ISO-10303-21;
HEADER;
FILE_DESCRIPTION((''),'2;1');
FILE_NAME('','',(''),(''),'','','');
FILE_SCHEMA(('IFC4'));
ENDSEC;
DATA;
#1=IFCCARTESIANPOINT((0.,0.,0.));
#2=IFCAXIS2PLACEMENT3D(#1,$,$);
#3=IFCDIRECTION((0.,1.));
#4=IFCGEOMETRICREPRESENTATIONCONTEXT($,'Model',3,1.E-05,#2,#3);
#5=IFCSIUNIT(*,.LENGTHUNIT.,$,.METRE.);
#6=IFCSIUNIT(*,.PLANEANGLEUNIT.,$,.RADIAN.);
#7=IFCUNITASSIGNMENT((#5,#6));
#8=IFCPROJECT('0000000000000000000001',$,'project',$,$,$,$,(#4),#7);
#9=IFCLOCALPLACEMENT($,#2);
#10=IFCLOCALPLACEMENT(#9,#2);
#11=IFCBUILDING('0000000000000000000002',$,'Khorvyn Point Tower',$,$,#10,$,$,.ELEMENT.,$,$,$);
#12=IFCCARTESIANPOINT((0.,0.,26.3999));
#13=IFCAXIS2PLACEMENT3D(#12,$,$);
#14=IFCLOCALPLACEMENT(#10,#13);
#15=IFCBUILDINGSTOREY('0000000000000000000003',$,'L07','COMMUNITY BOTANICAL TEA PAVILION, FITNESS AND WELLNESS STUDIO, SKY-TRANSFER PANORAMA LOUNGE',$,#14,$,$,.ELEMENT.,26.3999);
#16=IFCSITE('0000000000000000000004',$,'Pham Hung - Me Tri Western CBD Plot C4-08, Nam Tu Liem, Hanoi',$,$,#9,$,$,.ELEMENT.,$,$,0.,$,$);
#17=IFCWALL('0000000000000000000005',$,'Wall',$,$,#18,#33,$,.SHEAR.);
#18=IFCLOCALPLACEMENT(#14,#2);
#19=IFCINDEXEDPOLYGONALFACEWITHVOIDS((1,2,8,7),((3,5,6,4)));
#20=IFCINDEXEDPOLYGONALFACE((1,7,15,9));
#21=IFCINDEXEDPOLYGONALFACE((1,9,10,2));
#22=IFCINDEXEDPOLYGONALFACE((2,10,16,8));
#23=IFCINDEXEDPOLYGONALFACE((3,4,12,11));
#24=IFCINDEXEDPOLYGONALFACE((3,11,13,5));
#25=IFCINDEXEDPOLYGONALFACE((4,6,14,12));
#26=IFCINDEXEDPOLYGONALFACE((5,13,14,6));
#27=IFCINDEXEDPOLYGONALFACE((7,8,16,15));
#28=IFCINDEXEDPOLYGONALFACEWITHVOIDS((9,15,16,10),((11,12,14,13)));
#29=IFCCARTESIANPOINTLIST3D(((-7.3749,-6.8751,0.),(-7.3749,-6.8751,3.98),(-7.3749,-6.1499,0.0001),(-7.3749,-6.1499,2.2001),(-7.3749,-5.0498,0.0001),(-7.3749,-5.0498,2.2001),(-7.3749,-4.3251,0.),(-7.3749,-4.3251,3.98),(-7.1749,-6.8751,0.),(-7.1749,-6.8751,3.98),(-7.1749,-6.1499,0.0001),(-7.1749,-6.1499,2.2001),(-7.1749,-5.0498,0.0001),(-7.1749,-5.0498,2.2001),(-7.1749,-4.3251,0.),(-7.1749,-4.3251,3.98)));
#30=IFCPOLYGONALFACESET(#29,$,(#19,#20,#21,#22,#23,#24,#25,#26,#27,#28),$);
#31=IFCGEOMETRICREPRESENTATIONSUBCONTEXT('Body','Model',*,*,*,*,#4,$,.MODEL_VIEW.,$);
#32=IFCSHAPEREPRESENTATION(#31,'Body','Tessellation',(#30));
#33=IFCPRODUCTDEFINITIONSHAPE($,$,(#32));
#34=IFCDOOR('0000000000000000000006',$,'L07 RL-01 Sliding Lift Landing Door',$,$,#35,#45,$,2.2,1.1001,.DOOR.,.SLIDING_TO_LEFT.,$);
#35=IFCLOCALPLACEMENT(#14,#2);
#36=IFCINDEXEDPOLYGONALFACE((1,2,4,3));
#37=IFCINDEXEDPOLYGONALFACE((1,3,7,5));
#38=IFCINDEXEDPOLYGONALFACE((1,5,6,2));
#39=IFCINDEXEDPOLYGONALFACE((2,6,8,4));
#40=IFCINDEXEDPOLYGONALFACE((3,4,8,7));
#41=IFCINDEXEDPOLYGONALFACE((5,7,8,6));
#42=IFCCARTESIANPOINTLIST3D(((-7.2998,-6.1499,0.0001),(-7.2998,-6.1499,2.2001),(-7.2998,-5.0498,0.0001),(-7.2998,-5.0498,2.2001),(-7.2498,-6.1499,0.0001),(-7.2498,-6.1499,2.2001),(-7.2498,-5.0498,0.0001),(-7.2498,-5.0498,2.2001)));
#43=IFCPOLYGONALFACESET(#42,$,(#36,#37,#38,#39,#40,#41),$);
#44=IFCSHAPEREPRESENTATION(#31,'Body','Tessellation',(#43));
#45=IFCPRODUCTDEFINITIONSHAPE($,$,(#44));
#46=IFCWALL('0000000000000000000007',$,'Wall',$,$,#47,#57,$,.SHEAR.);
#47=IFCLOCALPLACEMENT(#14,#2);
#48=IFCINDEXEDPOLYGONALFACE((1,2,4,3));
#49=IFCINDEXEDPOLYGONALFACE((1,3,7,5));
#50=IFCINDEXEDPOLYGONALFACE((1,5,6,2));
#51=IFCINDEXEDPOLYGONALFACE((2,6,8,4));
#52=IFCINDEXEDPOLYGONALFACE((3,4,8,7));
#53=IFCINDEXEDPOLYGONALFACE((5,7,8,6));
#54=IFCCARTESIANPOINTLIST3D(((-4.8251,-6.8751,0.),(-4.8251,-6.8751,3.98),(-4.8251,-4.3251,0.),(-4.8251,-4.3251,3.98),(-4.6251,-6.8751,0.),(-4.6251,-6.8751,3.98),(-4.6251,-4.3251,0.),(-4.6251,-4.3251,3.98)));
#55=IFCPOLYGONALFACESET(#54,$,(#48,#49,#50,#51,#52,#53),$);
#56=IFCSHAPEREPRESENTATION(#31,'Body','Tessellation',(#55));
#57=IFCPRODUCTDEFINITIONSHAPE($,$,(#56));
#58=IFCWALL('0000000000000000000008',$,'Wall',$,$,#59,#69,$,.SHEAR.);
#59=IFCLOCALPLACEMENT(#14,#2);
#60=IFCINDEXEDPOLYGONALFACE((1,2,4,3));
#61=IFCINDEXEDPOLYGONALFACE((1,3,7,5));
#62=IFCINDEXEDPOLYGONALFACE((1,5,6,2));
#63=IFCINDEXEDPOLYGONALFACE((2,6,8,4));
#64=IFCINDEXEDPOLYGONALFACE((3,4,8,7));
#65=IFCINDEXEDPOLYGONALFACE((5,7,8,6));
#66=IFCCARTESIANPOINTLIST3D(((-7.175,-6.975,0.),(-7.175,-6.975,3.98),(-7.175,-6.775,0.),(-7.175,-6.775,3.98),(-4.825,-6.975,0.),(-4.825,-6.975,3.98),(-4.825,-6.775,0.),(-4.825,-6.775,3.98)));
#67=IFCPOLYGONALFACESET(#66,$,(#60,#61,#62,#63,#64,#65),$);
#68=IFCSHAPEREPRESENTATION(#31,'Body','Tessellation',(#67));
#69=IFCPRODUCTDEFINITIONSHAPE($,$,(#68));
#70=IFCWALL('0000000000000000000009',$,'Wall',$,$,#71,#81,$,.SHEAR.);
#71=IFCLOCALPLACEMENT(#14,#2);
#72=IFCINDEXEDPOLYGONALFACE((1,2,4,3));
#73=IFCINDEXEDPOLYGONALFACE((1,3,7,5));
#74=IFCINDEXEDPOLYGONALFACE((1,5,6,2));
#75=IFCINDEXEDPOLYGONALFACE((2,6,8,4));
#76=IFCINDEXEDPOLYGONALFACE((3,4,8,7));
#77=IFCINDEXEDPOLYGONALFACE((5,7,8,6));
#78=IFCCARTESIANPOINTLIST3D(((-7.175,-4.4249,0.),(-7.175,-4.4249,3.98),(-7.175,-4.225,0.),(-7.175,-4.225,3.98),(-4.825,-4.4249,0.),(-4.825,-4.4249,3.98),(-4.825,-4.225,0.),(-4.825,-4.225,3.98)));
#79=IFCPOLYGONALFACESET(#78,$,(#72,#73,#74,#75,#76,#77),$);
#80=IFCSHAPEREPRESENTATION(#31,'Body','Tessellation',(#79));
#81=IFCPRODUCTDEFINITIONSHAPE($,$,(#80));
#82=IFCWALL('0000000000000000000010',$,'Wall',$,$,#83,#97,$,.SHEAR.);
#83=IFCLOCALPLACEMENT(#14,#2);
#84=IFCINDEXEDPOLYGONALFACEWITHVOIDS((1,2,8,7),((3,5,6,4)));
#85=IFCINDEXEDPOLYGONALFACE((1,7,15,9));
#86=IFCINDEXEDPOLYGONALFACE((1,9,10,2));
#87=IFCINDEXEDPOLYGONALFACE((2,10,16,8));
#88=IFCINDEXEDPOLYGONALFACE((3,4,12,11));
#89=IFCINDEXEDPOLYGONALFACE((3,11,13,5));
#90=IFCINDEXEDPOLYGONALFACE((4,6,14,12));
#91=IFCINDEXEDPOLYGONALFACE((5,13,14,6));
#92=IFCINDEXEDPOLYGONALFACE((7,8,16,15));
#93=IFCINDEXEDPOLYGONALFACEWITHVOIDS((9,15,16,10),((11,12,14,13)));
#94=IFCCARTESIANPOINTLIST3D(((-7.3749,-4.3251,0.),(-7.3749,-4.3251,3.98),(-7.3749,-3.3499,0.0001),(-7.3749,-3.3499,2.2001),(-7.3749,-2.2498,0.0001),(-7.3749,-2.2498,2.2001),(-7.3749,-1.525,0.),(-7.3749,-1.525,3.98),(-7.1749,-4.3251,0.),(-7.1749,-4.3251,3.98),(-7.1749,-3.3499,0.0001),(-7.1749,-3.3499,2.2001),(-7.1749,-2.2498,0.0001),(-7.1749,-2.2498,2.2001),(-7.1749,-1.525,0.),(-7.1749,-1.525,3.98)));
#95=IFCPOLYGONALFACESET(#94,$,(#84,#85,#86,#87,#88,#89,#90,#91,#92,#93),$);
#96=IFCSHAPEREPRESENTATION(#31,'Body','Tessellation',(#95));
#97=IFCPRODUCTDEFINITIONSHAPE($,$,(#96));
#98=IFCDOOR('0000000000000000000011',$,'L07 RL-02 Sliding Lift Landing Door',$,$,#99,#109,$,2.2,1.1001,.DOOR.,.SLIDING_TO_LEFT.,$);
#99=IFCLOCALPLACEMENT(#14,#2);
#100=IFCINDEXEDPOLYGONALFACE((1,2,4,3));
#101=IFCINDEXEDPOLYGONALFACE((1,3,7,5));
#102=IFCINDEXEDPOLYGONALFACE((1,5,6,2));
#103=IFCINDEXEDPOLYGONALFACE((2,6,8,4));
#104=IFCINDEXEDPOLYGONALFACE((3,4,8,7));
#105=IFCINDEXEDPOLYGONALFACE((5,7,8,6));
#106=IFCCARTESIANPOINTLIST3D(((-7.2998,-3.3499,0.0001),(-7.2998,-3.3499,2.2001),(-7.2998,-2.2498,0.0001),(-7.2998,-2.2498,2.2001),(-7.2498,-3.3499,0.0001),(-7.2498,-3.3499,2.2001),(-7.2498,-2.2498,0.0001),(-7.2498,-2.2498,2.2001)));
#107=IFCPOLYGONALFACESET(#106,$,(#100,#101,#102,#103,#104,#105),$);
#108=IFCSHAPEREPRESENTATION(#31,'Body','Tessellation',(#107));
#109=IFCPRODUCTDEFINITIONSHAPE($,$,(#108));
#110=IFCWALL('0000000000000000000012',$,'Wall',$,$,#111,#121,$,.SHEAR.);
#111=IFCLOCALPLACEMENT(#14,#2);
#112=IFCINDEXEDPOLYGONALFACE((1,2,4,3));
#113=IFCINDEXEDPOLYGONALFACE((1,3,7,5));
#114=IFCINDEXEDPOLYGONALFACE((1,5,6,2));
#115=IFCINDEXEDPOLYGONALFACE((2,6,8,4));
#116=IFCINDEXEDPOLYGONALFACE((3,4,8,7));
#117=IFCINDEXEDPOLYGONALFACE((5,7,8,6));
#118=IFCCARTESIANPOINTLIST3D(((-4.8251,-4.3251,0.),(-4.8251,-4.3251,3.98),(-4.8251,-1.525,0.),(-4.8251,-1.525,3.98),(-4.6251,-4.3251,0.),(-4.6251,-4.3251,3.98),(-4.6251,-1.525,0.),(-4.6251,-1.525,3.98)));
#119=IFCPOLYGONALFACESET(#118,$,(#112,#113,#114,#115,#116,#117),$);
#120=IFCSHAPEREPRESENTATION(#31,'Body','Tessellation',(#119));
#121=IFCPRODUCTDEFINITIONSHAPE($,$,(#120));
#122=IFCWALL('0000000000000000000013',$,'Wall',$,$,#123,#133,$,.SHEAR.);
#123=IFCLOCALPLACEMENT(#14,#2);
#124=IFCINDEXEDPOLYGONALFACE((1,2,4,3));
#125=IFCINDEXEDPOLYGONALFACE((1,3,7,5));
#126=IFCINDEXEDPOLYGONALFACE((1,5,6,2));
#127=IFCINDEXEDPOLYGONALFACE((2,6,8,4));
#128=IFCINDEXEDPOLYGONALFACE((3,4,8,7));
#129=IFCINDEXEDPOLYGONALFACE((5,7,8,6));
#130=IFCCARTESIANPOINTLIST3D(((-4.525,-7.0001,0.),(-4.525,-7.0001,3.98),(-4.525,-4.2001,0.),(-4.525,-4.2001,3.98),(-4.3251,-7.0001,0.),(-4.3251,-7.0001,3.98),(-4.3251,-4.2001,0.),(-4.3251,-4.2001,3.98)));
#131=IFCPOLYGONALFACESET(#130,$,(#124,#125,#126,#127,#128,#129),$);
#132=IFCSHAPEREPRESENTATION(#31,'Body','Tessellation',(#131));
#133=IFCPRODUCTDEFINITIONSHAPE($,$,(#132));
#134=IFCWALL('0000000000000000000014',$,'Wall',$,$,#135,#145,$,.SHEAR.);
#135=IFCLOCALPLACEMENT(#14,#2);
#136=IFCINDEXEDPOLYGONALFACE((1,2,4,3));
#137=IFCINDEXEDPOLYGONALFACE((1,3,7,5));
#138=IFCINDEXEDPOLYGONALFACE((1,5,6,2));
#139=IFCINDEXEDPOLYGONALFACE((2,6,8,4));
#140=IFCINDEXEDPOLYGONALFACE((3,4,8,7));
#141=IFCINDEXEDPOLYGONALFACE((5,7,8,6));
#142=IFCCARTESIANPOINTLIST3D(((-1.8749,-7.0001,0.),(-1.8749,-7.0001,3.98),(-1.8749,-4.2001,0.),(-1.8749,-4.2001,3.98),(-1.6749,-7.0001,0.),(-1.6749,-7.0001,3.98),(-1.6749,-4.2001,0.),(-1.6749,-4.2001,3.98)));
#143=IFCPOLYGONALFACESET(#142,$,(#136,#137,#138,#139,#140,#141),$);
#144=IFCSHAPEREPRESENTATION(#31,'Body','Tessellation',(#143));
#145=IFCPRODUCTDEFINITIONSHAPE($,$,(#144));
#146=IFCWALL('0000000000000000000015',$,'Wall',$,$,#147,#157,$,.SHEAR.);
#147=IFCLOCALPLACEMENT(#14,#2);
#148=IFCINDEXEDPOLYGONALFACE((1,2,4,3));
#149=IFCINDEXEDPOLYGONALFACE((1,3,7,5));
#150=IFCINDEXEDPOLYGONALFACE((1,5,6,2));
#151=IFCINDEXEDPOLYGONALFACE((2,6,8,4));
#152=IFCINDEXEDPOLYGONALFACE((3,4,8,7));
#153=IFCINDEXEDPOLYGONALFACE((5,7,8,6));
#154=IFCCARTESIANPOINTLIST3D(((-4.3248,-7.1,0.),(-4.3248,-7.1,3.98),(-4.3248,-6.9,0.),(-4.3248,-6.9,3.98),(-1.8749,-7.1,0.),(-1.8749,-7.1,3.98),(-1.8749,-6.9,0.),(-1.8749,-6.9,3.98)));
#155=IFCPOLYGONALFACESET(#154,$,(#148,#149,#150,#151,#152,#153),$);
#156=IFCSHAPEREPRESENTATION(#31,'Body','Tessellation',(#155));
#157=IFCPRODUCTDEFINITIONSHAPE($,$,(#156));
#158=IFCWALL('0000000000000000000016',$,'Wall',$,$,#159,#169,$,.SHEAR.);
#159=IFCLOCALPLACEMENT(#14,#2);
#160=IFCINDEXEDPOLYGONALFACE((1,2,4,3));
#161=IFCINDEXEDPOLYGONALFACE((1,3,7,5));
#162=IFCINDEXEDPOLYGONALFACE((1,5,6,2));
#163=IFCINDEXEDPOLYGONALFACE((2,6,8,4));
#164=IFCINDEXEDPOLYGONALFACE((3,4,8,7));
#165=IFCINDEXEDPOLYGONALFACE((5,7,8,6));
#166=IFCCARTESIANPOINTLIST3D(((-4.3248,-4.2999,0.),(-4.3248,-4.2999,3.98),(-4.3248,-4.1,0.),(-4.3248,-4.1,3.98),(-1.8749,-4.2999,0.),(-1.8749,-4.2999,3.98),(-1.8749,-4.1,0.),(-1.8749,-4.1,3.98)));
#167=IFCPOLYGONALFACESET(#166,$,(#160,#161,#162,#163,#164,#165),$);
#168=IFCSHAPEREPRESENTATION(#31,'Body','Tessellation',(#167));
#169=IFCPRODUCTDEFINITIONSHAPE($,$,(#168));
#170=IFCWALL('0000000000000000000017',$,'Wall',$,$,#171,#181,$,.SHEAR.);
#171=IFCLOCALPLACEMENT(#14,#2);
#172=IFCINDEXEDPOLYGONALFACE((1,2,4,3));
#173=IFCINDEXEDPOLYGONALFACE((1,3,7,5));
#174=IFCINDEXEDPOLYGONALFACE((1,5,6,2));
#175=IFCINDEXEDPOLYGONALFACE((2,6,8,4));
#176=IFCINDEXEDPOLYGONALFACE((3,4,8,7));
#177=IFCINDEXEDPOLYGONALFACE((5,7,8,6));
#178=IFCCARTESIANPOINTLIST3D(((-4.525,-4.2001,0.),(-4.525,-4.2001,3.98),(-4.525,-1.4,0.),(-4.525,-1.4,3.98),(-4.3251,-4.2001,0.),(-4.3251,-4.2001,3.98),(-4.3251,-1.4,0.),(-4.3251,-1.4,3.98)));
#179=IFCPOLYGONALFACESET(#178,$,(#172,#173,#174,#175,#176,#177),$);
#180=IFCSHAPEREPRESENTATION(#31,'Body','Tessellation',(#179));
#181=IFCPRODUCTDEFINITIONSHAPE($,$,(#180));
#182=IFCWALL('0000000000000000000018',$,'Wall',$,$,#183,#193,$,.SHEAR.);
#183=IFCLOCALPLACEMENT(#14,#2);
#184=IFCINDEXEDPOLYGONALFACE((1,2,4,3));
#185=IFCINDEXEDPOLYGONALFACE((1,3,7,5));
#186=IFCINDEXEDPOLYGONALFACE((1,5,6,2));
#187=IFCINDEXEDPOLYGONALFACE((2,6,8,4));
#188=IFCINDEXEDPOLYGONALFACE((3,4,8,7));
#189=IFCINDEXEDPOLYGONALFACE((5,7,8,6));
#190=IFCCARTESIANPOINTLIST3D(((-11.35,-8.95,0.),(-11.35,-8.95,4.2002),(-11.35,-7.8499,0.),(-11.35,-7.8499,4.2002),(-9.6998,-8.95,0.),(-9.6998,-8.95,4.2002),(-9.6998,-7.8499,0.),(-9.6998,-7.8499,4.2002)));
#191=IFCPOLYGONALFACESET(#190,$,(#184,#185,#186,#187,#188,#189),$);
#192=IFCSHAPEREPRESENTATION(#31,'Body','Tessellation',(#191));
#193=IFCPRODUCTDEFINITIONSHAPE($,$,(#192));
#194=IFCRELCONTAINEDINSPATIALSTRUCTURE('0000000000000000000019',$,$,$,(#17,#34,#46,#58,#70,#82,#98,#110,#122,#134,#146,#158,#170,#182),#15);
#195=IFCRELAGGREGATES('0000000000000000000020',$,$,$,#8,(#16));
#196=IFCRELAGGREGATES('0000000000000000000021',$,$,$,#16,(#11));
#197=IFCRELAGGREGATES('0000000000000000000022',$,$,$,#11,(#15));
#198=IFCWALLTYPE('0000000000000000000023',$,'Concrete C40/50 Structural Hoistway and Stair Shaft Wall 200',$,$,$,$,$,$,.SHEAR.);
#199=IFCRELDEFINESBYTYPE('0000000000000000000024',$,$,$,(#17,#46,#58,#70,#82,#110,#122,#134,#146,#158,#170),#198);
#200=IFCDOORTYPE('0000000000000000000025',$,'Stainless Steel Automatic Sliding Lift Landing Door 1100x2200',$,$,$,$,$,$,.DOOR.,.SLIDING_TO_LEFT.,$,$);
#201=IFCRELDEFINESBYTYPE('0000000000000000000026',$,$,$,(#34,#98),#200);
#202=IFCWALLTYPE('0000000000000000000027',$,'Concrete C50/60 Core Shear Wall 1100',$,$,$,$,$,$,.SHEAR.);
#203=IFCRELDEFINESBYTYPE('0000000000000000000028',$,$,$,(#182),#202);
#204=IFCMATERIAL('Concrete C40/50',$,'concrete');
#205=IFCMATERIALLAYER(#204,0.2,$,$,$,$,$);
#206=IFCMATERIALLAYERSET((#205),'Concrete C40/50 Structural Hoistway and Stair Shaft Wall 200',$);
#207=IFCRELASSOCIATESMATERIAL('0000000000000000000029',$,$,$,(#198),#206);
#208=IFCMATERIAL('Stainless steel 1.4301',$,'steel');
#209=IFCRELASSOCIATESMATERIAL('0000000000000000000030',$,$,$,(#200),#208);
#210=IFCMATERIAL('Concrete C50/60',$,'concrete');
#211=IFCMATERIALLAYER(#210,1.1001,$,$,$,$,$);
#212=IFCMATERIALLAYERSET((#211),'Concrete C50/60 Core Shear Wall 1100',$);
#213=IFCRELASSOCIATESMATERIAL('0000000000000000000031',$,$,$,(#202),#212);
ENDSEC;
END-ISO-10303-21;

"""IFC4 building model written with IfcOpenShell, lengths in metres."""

from ifc_helpers import new_model, si_unit, direction, frame, frame_2d, origin, place, context, subcontext, project, spatial, rectangle, extrude, material, layer, layer_set, type_object, element, fill, save


model = new_model("IFC4")

# Units and contexts
model_context = context("Model", 3, precision=1e-05, world=origin(), true_north=direction((0.0, 1.0)))
body_context = subcontext(model_context, "Body", "Model", "MODEL_VIEW")
ifc_project = project(units=[si_unit("LENGTHUNIT", "METRE"), si_unit("PLANEANGLEUNIT", "RADIAN")], contexts=[model_context])

# Site, building, storey
site_placement = place(None, origin())
site = spatial("IfcSite", under=ifc_project, at=site_placement, Name="Pham Hung - Me Tri Western CBD Plot C4-08, Nam Tu Liem, Hanoi", CompositionType="ELEMENT", RefElevation=0.0)
building_placement = place(site_placement, origin())
building = spatial("IfcBuilding", under=site, at=building_placement, Name="Khorvyn Point Tower", CompositionType="ELEMENT")
storey_placement = place(building_placement, frame((0.0, 0.0, 26.3999)))
storey = spatial("IfcBuildingStorey", under=building, at=storey_placement, Name="L07", Description="COMMUNITY BOTANICAL TEA PAVILION, FITNESS AND WELLNESS STUDIO, SKY-TRANSFER PANORAMA LOUNGE", CompositionType="ELEMENT", Elevation=26.3999)

# Shared definitions
ifc_material_1 = material(Name="Concrete C40/50", Category="concrete")
ifc_material_2 = material(Name="Concrete C50/60", Category="concrete")

# Wall, opening, door
ifc_layer_1 = layer(ifc_material_1, 0.2)
ifc_layer_set_1 = layer_set([ifc_layer_1], Name="Concrete C40/50 Structural Hoistway and Stair Shaft Wall 200")
wall_type_1 = type_object("IfcWallType", Name="Concrete C40/50 Structural Hoistway and Stair Shaft Wall 200", PredefinedType="SHEAR", material=ifc_layer_set_1)
wall_1_placement = place(storey_placement, frame((-7.2749, -6.875, 0.0), z_axis=(0.0, 0.0, 1.0), x_axis=(0.0, 1.0, 0.0)))
wall_1 = element("IfcWall", 1, at=wall_1_placement, inside=storey, type_object=wall_type_1, Name="Wall", PredefinedType="SHEAR", context=body_context, shape_type="SweptSolid", body=[
    extrude(rectangle(XDim=2.55, YDim=0.2, at=frame_2d((1.2749, 0.0))), origin(), (0.0, 0.0, 1.0), 3.98),
])
opening_1_placement = place(wall_1_placement, frame((0.7251, 0.0, 0.0)))
opening_1 = element("IfcOpeningElement", 2, at=opening_1_placement, cuts=wall_1, PredefinedType="OPENING", context=body_context, shape_type="SweptSolid", body=[
    extrude(rectangle(XDim=1.1001, YDim=2.2, at=frame_2d((0.55, 1.1001))), frame((0.0, 0.1099, 0.0), z_axis=(0.0, -1.0, 0.0), x_axis=(1.0, 0.0, 0.0)), (0.0, 0.0, 1.0), 0.22),
])
ifc_material_3 = material(Name="Stainless steel 1.4301", Category="steel")
door_type_1 = type_object("IfcDoorType", Name="Stainless Steel Automatic Sliding Lift Landing Door 1100x2200", OperationType="SLIDING_TO_LEFT", PredefinedType="DOOR", material=ifc_material_3)
door_1_placement = place(opening_1_placement, origin())
door_1 = element("IfcDoor", 3, at=door_1_placement, inside=storey, type_object=door_type_1, Name="L07 RL-01 Sliding Lift Landing Door", OperationType="SLIDING_TO_LEFT", OverallHeight=2.2, OverallWidth=1.1001, PredefinedType="DOOR", context=body_context, shape_type="SweptSolid", body=[
    extrude(rectangle(XDim=1.1001, YDim=2.2, at=frame_2d((0.55, 1.1001))), frame((0.0, 0.0249, 0.0), z_axis=(0.0, -1.0, 0.0), x_axis=(1.0, 0.0, 0.0)), (0.0, 0.0, 1.0), 0.05),
])
fill(opening_1, door_1)

# Walls
wall_2_placement = place(storey_placement, frame((-4.7251, -6.875, 0.0), z_axis=(0.0, 0.0, 1.0), x_axis=(0.0, 1.0, 0.0)))
element("IfcWall", 4, at=wall_2_placement, inside=storey, type_object=wall_type_1, Name="Wall", PredefinedType="SHEAR", context=body_context, shape_type="SweptSolid", body=[
    extrude(rectangle(XDim=2.55, YDim=0.2, at=frame_2d((1.2749, 0.0))), origin(), (0.0, 0.0, 1.0), 3.98),
])
for number, where, z_axis, x_axis, name in (
    (5, (-7.175, -6.875, 0.0), (0.0, 0.0, 1.0), (1.0, 0.0, 0.0), "Wall"),
    (6, (-7.175, -4.325, 0.0), (0.0, 0.0, 1.0), (1.0, 0.0, 0.0), "Wall"),
):
    element("IfcWall", number, at=place(storey_placement, frame(where, z_axis=z_axis, x_axis=x_axis)), inside=storey, type_object=wall_type_1, Name=name, PredefinedType="SHEAR", context=body_context, shape_type="SweptSolid", body=[
        extrude(rectangle(XDim=2.3501, YDim=0.2, at=frame_2d((1.175, 0.0))), origin(), (0.0, 0.0, 1.0), 3.98),
    ])

# Wall, opening, door
wall_3_placement = place(storey_placement, frame((-7.2749, -4.325, 0.0), z_axis=(0.0, 0.0, 1.0), x_axis=(0.0, 1.0, 0.0)))
wall_3 = element("IfcWall", 7, at=wall_3_placement, inside=storey, type_object=wall_type_1, Name="Wall", PredefinedType="SHEAR", context=body_context, shape_type="SweptSolid", body=[
    extrude(rectangle(XDim=2.8, YDim=0.2, at=frame_2d((1.3999, 0.0))), origin(), (0.0, 0.0, 1.0), 3.98),
])
opening_2_placement = place(wall_3_placement, frame((0.9751, 0.0, 0.0)))
opening_2 = element("IfcOpeningElement", 8, at=opening_2_placement, cuts=wall_3, PredefinedType="OPENING", context=body_context, shape_type="SweptSolid", body=[
    extrude(rectangle(XDim=1.1001, YDim=2.2, at=frame_2d((0.55, 1.1001))), frame((0.0, 0.1099, 0.0), z_axis=(0.0, -1.0, 0.0), x_axis=(1.0, 0.0, 0.0)), (0.0, 0.0, 1.0), 0.22),
])
door_2_placement = place(opening_2_placement, origin())
door_2 = element("IfcDoor", 9, at=door_2_placement, inside=storey, type_object=door_type_1, Name="L07 RL-02 Sliding Lift Landing Door", OperationType="SLIDING_TO_LEFT", OverallHeight=2.2, OverallWidth=1.1001, PredefinedType="DOOR", context=body_context, shape_type="SweptSolid", body=[
    extrude(rectangle(XDim=1.1001, YDim=2.2, at=frame_2d((0.55, 1.1001))), frame((0.0, 0.0249, 0.0), z_axis=(0.0, -1.0, 0.0), x_axis=(1.0, 0.0, 0.0)), (0.0, 0.0, 1.0), 0.05),
])
fill(opening_2, door_2)

# Walls
for number, where, z_axis, x_axis, name in (
    (10, (-4.7251, -4.325, 0.0), (0.0, 0.0, 1.0), (0.0, 1.0, 0.0), "Wall"),
    (11, (-4.425, -7.0, 0.0), (0.0, 0.0, 1.0), (0.0, 1.0, 0.0), "Wall"),
    (12, (-1.7749, -7.0, 0.0), (0.0, 0.0, 1.0), (0.0, 1.0, 0.0), "Wall"),
):
    element("IfcWall", number, at=place(storey_placement, frame(where, z_axis=z_axis, x_axis=x_axis)), inside=storey, type_object=wall_type_1, Name=name, PredefinedType="SHEAR", context=body_context, shape_type="SweptSolid", body=[
        extrude(rectangle(XDim=2.8, YDim=0.2, at=frame_2d((1.3999, 0.0))), origin(), (0.0, 0.0, 1.0), 3.98),
    ])
for number, where, z_axis, x_axis, name in (
    (13, (-4.325, -7.0, 0.0), (0.0, 0.0, 1.0), (1.0, 0.0, 0.0), "Wall"),
    (14, (-4.325, -4.2, 0.0), (0.0, 0.0, 1.0), (1.0, 0.0, 0.0), "Wall"),
):
    element("IfcWall", number, at=place(storey_placement, frame(where, z_axis=z_axis, x_axis=x_axis)), inside=storey, type_object=wall_type_1, Name=name, PredefinedType="SHEAR", context=body_context, shape_type="SweptSolid", body=[
        extrude(rectangle(XDim=2.45, YDim=0.2, at=frame_2d((1.2251, 0.0))), origin(), (0.0, 0.0, 1.0), 3.98),
    ])
wall_4_placement = place(storey_placement, frame((-4.425, -4.2, 0.0), z_axis=(0.0, 0.0, 1.0), x_axis=(0.0, 1.0, 0.0)))
element("IfcWall", 15, at=wall_4_placement, inside=storey, type_object=wall_type_1, Name="Wall", PredefinedType="SHEAR", context=body_context, shape_type="SweptSolid", body=[
    extrude(rectangle(XDim=2.8, YDim=0.2, at=frame_2d((1.3999, 0.0))), origin(), (0.0, 0.0, 1.0), 3.98),
])
ifc_layer_2 = layer(ifc_material_2, 1.1001)
ifc_layer_set_2 = layer_set([ifc_layer_2], Name="Concrete C50/60 Core Shear Wall 1100")
wall_type_2 = type_object("IfcWallType", Name="Concrete C50/60 Core Shear Wall 1100", PredefinedType="SHEAR", material=ifc_layer_set_2)
wall_5_placement = place(storey_placement, frame((-11.3501, -8.3999, 0.0), z_axis=(0.0, 0.0, 1.0), x_axis=(1.0, 0.0, 0.0)))
element("IfcWall", 16, at=wall_5_placement, inside=storey, type_object=wall_type_2, Name="Wall", PredefinedType="SHEAR", context=body_context, shape_type="SweptSolid", body=[
    extrude(rectangle(XDim=1.6501, YDim=1.1001, at=frame_2d((0.8252, 0.0))), origin(), (0.0, 0.0, 1.0), 4.2002),
])

save(model, "model.ifc")
